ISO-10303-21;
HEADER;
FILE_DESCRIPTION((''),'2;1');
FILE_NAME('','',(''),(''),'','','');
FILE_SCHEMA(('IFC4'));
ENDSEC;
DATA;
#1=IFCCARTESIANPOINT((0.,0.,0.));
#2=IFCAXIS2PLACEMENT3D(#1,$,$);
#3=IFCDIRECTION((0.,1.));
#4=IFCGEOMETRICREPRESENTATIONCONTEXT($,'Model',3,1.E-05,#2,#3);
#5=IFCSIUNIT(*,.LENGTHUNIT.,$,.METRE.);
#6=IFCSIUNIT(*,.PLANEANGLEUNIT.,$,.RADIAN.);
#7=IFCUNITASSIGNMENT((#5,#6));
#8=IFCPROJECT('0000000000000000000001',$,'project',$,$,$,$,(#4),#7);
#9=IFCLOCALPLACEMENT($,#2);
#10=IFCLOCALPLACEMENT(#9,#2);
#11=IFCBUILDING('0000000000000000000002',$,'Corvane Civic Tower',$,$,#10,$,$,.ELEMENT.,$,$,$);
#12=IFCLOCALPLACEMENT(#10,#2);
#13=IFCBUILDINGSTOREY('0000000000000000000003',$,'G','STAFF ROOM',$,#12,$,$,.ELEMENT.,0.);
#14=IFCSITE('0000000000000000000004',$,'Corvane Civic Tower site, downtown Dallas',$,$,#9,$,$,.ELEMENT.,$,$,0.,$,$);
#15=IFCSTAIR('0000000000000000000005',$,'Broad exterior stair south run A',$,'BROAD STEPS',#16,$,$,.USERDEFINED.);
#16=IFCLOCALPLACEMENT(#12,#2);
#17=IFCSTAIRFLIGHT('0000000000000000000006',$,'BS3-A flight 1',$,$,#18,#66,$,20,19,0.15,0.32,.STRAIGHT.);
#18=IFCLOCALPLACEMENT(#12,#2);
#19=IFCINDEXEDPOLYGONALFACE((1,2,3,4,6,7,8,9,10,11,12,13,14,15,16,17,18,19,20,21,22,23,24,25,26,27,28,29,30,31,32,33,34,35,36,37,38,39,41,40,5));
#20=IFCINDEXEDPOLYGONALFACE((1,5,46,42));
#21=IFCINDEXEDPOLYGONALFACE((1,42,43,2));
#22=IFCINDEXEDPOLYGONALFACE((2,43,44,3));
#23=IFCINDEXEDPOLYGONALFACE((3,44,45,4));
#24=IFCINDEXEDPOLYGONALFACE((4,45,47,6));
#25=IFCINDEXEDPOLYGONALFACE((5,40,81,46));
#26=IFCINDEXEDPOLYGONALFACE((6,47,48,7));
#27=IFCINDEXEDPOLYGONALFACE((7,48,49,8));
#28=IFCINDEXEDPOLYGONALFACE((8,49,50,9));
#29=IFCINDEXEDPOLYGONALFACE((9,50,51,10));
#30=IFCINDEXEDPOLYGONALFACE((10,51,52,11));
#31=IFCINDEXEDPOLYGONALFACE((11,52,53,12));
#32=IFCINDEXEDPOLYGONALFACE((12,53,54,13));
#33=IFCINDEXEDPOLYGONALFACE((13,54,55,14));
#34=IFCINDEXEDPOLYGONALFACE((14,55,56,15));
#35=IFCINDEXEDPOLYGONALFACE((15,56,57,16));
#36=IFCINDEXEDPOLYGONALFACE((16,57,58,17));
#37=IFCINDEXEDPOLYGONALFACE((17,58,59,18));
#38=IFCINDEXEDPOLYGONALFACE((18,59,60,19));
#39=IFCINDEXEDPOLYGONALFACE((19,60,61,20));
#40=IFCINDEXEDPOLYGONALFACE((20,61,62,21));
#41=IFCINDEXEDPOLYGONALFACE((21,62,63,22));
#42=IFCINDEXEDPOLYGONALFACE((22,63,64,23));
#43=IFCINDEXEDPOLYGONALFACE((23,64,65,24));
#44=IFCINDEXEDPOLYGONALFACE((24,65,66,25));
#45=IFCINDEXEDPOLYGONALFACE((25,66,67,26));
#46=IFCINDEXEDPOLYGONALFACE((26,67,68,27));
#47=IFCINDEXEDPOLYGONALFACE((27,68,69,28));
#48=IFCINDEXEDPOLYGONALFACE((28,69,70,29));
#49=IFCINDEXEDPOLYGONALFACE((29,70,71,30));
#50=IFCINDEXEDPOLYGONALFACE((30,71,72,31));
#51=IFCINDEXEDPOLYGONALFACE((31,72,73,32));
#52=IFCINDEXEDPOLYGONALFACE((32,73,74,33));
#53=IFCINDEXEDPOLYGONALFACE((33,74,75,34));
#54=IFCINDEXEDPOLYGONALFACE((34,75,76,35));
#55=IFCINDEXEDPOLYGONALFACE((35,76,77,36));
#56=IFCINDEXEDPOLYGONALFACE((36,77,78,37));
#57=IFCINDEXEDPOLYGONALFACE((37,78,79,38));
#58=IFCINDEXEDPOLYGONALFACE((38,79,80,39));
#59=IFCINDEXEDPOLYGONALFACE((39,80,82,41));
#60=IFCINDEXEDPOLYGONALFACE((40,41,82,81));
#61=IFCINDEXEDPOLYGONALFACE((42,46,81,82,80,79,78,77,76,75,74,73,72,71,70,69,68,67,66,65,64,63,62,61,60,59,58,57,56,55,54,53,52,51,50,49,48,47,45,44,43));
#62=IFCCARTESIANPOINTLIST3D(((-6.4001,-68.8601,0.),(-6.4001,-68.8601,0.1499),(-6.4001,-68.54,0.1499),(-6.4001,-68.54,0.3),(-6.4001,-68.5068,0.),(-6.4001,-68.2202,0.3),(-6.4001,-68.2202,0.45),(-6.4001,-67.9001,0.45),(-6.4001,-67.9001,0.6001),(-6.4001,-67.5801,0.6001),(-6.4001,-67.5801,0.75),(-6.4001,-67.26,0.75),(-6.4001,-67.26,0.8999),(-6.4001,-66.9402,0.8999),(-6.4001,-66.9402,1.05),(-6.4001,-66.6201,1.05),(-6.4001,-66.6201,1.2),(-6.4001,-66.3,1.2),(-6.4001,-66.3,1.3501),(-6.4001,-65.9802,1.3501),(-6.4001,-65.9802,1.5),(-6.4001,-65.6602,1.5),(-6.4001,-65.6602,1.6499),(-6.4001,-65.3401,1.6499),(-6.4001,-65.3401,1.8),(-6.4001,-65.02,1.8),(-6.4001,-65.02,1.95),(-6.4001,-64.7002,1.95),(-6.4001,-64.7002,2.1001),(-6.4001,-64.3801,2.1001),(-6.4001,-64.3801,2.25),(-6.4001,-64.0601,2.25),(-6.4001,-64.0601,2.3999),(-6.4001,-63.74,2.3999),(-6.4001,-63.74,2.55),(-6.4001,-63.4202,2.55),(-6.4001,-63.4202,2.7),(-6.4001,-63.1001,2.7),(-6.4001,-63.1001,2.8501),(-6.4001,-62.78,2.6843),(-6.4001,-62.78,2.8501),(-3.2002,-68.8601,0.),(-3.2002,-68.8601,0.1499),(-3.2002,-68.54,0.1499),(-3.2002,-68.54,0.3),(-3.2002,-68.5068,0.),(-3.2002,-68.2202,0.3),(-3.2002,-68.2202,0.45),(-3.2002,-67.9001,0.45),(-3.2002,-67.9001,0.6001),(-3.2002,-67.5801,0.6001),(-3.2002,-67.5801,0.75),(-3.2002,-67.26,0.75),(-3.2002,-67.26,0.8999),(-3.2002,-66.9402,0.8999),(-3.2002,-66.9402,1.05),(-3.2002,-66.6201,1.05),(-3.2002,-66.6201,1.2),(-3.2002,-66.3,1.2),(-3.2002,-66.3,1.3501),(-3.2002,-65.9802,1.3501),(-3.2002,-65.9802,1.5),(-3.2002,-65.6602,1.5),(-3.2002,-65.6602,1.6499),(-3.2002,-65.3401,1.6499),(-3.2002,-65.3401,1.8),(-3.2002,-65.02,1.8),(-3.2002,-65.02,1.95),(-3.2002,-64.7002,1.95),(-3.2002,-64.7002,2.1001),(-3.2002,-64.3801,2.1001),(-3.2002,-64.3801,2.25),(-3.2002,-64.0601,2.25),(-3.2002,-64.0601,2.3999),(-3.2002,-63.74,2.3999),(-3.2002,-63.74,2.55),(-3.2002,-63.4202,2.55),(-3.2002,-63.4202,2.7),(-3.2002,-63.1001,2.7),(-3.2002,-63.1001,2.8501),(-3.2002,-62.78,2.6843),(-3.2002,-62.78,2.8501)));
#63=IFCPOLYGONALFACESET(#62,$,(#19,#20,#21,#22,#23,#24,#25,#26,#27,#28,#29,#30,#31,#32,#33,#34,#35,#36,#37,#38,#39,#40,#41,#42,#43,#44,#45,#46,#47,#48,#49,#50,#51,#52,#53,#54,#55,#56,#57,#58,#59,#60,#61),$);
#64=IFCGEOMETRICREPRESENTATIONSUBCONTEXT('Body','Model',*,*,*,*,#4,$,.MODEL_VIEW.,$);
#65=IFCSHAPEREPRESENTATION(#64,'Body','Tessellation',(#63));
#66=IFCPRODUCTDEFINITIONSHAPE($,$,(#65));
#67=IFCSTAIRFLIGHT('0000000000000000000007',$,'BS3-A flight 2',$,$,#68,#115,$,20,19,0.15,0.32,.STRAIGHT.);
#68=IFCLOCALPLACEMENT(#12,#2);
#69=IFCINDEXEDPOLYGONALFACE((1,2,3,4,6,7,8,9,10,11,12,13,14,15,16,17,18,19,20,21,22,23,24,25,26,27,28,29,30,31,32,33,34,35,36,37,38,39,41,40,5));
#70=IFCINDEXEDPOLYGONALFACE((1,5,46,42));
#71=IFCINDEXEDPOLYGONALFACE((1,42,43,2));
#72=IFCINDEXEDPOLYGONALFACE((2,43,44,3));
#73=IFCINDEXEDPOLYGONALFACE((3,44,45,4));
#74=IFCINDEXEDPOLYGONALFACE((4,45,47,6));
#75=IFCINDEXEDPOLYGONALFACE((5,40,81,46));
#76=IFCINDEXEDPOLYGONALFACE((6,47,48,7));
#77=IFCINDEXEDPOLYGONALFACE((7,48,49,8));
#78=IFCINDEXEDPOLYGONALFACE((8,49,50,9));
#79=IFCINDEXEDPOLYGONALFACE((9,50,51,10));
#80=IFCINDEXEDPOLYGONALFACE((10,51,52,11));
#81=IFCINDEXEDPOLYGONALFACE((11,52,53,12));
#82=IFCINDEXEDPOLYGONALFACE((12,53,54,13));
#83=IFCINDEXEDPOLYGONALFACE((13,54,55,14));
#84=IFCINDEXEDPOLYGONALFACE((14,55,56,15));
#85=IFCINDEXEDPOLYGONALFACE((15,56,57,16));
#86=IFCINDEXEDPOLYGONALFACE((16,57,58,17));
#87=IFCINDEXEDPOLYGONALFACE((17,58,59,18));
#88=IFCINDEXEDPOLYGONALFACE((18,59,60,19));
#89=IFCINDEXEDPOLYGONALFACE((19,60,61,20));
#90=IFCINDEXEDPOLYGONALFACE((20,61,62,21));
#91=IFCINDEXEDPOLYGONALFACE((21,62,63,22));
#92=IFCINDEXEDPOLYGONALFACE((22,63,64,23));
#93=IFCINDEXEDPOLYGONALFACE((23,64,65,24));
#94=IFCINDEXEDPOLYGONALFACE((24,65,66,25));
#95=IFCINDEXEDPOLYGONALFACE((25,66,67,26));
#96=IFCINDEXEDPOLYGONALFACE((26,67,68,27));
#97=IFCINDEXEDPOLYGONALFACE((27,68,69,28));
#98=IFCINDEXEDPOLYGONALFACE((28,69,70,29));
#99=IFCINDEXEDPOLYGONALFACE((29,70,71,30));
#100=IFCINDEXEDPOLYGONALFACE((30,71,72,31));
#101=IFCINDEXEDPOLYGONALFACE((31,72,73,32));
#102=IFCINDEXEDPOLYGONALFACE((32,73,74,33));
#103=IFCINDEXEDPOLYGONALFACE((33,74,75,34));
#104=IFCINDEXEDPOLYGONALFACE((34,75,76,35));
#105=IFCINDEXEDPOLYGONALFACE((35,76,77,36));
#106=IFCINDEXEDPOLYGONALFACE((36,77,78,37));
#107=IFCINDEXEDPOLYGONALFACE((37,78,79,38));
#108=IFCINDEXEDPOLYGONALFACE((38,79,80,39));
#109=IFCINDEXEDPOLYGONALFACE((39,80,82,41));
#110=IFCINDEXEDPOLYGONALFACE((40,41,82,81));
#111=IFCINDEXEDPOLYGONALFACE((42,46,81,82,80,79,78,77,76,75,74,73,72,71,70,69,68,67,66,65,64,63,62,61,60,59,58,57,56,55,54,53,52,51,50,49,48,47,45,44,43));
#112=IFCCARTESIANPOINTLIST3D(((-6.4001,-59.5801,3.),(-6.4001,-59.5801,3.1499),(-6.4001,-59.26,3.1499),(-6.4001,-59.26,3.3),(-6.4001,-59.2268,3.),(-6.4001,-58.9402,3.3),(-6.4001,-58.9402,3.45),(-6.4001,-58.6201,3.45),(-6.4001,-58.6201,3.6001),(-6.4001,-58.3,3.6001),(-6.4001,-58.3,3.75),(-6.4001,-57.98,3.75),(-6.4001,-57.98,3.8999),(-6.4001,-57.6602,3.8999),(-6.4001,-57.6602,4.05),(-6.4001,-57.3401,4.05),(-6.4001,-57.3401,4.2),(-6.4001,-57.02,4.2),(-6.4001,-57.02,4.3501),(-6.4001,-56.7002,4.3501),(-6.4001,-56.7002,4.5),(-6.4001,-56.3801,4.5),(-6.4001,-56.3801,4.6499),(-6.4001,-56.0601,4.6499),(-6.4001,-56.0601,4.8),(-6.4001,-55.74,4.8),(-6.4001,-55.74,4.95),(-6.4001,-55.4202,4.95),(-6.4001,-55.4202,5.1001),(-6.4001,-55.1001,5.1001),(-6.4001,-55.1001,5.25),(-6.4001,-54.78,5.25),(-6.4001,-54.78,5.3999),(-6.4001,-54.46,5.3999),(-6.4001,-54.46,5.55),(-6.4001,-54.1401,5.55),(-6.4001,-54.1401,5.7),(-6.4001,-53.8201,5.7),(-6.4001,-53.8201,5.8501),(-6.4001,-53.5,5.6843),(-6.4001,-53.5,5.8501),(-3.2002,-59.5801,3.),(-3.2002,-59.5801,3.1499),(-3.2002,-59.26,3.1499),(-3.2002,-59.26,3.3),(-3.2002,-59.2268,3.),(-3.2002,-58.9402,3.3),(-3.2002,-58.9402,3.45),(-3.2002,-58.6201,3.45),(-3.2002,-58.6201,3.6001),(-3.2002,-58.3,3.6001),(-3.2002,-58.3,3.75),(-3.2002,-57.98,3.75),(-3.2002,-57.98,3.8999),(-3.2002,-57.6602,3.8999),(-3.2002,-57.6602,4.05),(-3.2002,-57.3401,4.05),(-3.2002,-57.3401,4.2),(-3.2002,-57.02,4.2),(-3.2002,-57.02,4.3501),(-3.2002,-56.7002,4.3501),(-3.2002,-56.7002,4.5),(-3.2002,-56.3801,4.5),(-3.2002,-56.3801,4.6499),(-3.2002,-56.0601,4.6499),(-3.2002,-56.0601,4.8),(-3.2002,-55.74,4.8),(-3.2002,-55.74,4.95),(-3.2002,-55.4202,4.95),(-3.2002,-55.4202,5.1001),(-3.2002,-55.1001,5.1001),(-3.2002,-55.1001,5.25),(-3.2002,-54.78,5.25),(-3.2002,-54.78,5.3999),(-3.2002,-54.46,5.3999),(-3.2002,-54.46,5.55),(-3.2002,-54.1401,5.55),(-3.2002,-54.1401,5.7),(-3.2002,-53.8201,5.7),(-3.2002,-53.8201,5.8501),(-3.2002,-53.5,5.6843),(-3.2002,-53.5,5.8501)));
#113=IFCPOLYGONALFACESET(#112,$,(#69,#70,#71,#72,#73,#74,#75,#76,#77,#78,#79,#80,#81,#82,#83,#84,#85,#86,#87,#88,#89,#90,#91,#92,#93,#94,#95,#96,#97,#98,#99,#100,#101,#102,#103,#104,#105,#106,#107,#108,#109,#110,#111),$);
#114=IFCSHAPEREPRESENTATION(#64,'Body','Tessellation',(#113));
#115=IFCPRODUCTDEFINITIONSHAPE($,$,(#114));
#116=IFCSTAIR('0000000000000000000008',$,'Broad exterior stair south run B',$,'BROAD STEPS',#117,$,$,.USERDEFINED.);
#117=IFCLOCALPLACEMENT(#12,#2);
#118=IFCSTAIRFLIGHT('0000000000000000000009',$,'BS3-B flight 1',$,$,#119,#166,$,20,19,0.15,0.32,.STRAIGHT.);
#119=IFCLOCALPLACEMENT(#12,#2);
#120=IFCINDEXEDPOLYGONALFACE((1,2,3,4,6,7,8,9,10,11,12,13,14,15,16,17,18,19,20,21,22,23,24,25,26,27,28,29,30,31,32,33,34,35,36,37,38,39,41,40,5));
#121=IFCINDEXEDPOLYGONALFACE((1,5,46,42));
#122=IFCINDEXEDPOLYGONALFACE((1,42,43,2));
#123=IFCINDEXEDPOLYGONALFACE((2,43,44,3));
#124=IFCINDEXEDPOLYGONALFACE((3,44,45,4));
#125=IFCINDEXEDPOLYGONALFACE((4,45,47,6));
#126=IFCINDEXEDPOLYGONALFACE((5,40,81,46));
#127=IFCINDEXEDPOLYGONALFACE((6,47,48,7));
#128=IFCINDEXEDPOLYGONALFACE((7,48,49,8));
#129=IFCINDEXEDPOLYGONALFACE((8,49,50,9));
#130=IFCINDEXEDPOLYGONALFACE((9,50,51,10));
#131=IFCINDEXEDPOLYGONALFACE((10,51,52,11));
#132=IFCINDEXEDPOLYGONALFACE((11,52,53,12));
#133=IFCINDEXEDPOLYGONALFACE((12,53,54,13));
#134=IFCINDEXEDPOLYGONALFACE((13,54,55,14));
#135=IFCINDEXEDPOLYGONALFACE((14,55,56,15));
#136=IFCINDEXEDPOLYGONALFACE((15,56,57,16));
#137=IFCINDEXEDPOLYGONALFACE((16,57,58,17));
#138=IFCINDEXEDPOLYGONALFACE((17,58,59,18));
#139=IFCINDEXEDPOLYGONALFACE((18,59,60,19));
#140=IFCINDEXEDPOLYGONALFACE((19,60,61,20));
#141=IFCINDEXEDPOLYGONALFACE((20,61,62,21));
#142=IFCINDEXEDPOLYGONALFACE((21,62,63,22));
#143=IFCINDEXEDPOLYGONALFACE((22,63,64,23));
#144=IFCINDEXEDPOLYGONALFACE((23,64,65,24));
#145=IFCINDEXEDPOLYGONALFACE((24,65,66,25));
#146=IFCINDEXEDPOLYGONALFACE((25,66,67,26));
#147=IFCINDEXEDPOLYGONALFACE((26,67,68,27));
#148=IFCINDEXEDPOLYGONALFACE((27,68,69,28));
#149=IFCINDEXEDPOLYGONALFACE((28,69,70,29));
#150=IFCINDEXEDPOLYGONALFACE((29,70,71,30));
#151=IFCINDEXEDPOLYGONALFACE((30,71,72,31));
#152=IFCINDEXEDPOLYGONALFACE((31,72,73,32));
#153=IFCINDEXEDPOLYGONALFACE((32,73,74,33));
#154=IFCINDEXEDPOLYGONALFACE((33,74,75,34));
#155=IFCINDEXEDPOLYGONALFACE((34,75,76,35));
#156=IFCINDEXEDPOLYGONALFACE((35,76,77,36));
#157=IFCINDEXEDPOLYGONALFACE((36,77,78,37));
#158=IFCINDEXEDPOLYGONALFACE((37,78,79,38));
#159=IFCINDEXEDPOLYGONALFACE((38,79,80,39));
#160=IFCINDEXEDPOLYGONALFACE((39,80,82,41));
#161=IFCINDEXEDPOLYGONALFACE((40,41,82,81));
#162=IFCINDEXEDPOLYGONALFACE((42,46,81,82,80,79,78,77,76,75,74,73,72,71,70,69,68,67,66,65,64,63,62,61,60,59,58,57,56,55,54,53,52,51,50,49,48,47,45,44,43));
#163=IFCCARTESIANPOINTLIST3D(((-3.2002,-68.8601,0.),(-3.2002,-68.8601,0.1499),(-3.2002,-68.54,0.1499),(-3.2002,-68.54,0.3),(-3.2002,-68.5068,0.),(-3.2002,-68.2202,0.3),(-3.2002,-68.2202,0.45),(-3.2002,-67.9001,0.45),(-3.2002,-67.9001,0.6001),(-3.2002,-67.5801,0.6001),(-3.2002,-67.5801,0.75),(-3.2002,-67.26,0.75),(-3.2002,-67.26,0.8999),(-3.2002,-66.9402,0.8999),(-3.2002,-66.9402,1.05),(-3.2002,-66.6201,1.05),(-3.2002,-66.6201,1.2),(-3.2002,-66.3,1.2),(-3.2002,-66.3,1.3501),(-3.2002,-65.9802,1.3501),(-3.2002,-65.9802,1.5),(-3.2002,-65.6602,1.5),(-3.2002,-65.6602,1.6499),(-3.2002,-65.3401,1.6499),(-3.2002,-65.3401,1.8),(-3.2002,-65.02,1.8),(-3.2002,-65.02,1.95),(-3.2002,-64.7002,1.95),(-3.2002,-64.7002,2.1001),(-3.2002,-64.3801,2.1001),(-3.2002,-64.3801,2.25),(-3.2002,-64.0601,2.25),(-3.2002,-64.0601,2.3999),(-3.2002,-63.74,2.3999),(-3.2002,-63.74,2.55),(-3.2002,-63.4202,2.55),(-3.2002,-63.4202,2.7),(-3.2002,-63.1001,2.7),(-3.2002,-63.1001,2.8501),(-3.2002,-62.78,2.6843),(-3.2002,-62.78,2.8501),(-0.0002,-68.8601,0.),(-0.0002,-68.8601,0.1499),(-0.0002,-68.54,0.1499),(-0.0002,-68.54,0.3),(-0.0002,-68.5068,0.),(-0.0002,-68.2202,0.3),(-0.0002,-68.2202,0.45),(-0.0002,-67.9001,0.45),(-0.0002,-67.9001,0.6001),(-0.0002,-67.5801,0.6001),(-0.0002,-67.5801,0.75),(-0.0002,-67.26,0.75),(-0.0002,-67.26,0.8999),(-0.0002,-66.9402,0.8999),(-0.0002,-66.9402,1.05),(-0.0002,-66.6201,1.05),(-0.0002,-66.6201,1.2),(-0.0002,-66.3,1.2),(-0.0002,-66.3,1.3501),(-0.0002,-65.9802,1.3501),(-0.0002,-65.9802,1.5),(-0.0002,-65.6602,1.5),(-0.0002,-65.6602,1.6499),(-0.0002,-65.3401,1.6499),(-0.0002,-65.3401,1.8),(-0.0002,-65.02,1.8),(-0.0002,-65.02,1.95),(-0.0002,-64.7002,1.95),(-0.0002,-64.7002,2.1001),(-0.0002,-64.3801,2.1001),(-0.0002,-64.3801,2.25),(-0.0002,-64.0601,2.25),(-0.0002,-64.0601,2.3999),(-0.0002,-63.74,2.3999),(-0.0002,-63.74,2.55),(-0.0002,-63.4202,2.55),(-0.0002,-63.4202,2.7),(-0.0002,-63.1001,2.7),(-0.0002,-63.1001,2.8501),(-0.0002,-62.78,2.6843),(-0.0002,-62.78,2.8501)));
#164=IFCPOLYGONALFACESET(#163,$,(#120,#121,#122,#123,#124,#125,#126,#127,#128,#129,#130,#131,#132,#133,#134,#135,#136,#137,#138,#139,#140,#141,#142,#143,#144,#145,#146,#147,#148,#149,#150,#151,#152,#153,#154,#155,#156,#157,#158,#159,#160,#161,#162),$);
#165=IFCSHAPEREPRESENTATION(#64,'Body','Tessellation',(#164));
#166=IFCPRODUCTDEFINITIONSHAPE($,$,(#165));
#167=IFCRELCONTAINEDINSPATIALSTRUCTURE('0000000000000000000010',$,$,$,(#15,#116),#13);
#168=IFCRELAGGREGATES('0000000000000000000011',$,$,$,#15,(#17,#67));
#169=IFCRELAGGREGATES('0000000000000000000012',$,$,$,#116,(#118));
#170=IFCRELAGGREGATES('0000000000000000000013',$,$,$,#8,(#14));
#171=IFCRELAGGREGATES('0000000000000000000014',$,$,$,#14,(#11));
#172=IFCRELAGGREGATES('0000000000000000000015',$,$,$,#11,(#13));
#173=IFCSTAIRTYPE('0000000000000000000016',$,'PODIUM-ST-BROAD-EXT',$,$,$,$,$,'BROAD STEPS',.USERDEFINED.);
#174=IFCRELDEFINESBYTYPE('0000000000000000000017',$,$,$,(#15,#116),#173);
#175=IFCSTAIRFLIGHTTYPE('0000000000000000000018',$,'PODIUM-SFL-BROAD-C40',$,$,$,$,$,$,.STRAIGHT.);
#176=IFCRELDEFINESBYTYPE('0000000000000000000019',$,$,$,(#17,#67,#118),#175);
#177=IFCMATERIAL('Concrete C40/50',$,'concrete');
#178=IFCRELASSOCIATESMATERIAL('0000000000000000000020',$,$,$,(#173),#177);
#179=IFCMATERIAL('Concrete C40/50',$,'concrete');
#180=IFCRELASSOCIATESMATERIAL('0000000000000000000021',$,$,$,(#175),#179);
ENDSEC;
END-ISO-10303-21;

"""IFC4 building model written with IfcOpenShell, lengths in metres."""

from ifc_helpers import new_model, si_unit, direction, frame, origin, place, context, subcontext, project, spatial, polyline, outline, extrude, material, type_object, element, aggregate, save


model = new_model("IFC4")

# Units and contexts
model_context = context("Model", 3, precision=1e-05, world=origin(), true_north=direction((0.0, 1.0)))
body_context = subcontext(model_context, "Body", "Model", "MODEL_VIEW")
ifc_project = project(units=[si_unit("LENGTHUNIT", "METRE"), si_unit("PLANEANGLEUNIT", "RADIAN")], contexts=[model_context])

# Site, building, storey
site_placement = place(None, origin())
site = spatial("IfcSite", under=ifc_project, at=site_placement, Name="Corvane Civic Tower site, downtown Dallas", CompositionType="ELEMENT", RefElevation=0.0)
building_placement = place(site_placement, origin())
building = spatial("IfcBuilding", under=site, at=building_placement, Name="Corvane Civic Tower", CompositionType="ELEMENT")
storey_placement = place(building_placement, origin())
storey = spatial("IfcBuildingStorey", under=building, at=storey_placement, Name="G", Description="STAFF ROOM", CompositionType="ELEMENT", Elevation=0.0)

# Stairs, stair flights
ifc_material_1 = material(Name="Concrete C40/50", Category="concrete")
stair_type = type_object("IfcStairType", Name="PODIUM-ST-BROAD-EXT", ElementType="BROAD STEPS", PredefinedType="USERDEFINED", material=ifc_material_1)
stair_1_placement = place(storey_placement, origin())
stair_1 = element("IfcStair", 1, at=stair_1_placement, inside=storey, type_object=stair_type, Name="Broad exterior stair south run A", ObjectType="BROAD STEPS", PredefinedType="USERDEFINED")
ifc_material_2 = material(Name="Concrete C40/50", Category="concrete")
stair_flight_type = type_object("IfcStairFlightType", Name="PODIUM-SFL-BROAD-C40", PredefinedType="STRAIGHT", material=ifc_material_2)
stair_flight_1_placement = place(storey_placement, frame((-4.8, -68.8601, 0.0), z_axis=(0.0, 0.0, 1.0), x_axis=(0.0, 1.0, 0.0)))
stair_flight_1 = element("IfcStairFlight", 2, at=stair_flight_1_placement, type_object=stair_flight_type, Name="BS3-A flight 1", NumberOfRisers=20, NumberOfTreads=19, PredefinedType="STRAIGHT", RiserHeight=0.15, TreadLength=0.32, context=body_context, shape_type="SweptSolid", body=[
    extrude(outline(polyline([(0.0, 0.0), (0.0, 0.1499), (0.3201, 0.1499), (0.3201, 0.3), (0.6399, 0.3), (0.6399, 0.45), (0.96, 0.45), (0.96, 0.6001), (1.28, 0.6001), (1.28, 0.75), (1.6001, 0.75), (1.6001, 0.8999), (1.9199, 0.8999), (1.9199, 1.05), (2.24, 1.05), (2.24, 1.2), (2.5601, 1.2), (2.5601, 1.3501), (2.8799, 1.3501), (2.8799, 1.5), (3.2, 1.5), (3.2, 1.6499), (3.52, 1.6499), (3.52, 1.8), (3.8401, 1.8), (3.8401, 1.95), (4.1599, 1.95), (4.1599, 2.1001), (4.48, 2.1001), (4.48, 2.25), (4.8, 2.25), (4.8, 2.3999), (5.1201, 2.3999), (5.1201, 2.55), (5.4399, 2.55), (5.4399, 2.7), (5.76, 2.7), (5.76, 2.8501), (6.0801, 2.8501), (6.0801, 3.0), (6.0801, 2.6843), (0.3533, 0.0), (0.0, 0.0)])), frame((0.0, 1.6001, 0.0), z_axis=(0.0, -1.0, 0.0), x_axis=(1.0, 0.0, 0.0)), (0.0, 0.0, 1.0), 3.2),
])
stair_flight_2_placement = place(storey_placement, frame((-4.8, -59.5801, 3.0), z_axis=(0.0, 0.0, 1.0), x_axis=(0.0, 1.0, 0.0)))
stair_flight_2 = element("IfcStairFlight", 3, at=stair_flight_2_placement, type_object=stair_flight_type, Name="BS3-A flight 2", NumberOfRisers=20, NumberOfTreads=19, PredefinedType="STRAIGHT", RiserHeight=0.15, TreadLength=0.32, context=body_context, shape_type="SweptSolid", body=[
    extrude(outline(polyline([(0.0, 0.0), (0.0, 0.1499), (0.3201, 0.1499), (0.3201, 0.3), (0.6399, 0.3), (0.6399, 0.45), (0.96, 0.45), (0.96, 0.6001), (1.28, 0.6001), (1.28, 0.75), (1.6001, 0.75), (1.6001, 0.8999), (1.9199, 0.8999), (1.9199, 1.05), (2.24, 1.05), (2.24, 1.2), (2.5601, 1.2), (2.5601, 1.3501), (2.8799, 1.3501), (2.8799, 1.5), (3.2, 1.5), (3.2, 1.6499), (3.52, 1.6499), (3.52, 1.8), (3.8401, 1.8), (3.8401, 1.95), (4.1599, 1.95), (4.1599, 2.1001), (4.48, 2.1001), (4.48, 2.25), (4.8, 2.25), (4.8, 2.3999), (5.1201, 2.3999), (5.1201, 2.55), (5.4399, 2.55), (5.4399, 2.7), (5.76, 2.7), (5.76, 2.8501), (6.0801, 2.8501), (6.0801, 3.0), (6.0801, 2.6843), (0.3533, 0.0), (0.0, 0.0)])), frame((0.0, 1.6001, 0.0), z_axis=(0.0, -1.0, 0.0), x_axis=(1.0, 0.0, 0.0)), (0.0, 0.0, 1.0), 3.2),
])
aggregate(stair_1, [stair_flight_1, stair_flight_2])
stair_2_placement = place(storey_placement, origin())
stair_2 = element("IfcStair", 4, at=stair_2_placement, inside=storey, type_object=stair_type, Name="Broad exterior stair south run B", ObjectType="BROAD STEPS", PredefinedType="USERDEFINED")
stair_flight_3_placement = place(storey_placement, frame((-1.6001, -68.8601, 0.0), z_axis=(0.0, 0.0, 1.0), x_axis=(0.0, 1.0, 0.0)))
stair_flight_3 = element("IfcStairFlight", 5, at=stair_flight_3_placement, type_object=stair_flight_type, Name="BS3-B flight 1", NumberOfRisers=20, NumberOfTreads=19, PredefinedType="STRAIGHT", RiserHeight=0.15, TreadLength=0.32, context=body_context, shape_type="SweptSolid", body=[
    extrude(outline(polyline([(0.0, 0.0), (0.0, 0.1499), (0.3201, 0.1499), (0.3201, 0.3), (0.6399, 0.3), (0.6399, 0.45), (0.96, 0.45), (0.96, 0.6001), (1.28, 0.6001), (1.28, 0.75), (1.6001, 0.75), (1.6001, 0.8999), (1.9199, 0.8999), (1.9199, 1.05), (2.24, 1.05), (2.24, 1.2), (2.5601, 1.2), (2.5601, 1.3501), (2.8799, 1.3501), (2.8799, 1.5), (3.2, 1.5), (3.2, 1.6499), (3.52, 1.6499), (3.52, 1.8), (3.8401, 1.8), (3.8401, 1.95), (4.1599, 1.95), (4.1599, 2.1001), (4.48, 2.1001), (4.48, 2.25), (4.8, 2.25), (4.8, 2.3999), (5.1201, 2.3999), (5.1201, 2.55), (5.4399, 2.55), (5.4399, 2.7), (5.76, 2.7), (5.76, 2.8501), (6.0801, 2.8501), (6.0801, 3.0), (6.0801, 2.6843), (0.3533, 0.0), (0.0, 0.0)])), frame((0.0, 1.6001, 0.0), z_axis=(0.0, -1.0, 0.0), x_axis=(1.0, 0.0, 0.0)), (0.0, 0.0, 1.0), 3.2),
])
aggregate(stair_2, [stair_flight_3])

save(model, "model.ifc")
